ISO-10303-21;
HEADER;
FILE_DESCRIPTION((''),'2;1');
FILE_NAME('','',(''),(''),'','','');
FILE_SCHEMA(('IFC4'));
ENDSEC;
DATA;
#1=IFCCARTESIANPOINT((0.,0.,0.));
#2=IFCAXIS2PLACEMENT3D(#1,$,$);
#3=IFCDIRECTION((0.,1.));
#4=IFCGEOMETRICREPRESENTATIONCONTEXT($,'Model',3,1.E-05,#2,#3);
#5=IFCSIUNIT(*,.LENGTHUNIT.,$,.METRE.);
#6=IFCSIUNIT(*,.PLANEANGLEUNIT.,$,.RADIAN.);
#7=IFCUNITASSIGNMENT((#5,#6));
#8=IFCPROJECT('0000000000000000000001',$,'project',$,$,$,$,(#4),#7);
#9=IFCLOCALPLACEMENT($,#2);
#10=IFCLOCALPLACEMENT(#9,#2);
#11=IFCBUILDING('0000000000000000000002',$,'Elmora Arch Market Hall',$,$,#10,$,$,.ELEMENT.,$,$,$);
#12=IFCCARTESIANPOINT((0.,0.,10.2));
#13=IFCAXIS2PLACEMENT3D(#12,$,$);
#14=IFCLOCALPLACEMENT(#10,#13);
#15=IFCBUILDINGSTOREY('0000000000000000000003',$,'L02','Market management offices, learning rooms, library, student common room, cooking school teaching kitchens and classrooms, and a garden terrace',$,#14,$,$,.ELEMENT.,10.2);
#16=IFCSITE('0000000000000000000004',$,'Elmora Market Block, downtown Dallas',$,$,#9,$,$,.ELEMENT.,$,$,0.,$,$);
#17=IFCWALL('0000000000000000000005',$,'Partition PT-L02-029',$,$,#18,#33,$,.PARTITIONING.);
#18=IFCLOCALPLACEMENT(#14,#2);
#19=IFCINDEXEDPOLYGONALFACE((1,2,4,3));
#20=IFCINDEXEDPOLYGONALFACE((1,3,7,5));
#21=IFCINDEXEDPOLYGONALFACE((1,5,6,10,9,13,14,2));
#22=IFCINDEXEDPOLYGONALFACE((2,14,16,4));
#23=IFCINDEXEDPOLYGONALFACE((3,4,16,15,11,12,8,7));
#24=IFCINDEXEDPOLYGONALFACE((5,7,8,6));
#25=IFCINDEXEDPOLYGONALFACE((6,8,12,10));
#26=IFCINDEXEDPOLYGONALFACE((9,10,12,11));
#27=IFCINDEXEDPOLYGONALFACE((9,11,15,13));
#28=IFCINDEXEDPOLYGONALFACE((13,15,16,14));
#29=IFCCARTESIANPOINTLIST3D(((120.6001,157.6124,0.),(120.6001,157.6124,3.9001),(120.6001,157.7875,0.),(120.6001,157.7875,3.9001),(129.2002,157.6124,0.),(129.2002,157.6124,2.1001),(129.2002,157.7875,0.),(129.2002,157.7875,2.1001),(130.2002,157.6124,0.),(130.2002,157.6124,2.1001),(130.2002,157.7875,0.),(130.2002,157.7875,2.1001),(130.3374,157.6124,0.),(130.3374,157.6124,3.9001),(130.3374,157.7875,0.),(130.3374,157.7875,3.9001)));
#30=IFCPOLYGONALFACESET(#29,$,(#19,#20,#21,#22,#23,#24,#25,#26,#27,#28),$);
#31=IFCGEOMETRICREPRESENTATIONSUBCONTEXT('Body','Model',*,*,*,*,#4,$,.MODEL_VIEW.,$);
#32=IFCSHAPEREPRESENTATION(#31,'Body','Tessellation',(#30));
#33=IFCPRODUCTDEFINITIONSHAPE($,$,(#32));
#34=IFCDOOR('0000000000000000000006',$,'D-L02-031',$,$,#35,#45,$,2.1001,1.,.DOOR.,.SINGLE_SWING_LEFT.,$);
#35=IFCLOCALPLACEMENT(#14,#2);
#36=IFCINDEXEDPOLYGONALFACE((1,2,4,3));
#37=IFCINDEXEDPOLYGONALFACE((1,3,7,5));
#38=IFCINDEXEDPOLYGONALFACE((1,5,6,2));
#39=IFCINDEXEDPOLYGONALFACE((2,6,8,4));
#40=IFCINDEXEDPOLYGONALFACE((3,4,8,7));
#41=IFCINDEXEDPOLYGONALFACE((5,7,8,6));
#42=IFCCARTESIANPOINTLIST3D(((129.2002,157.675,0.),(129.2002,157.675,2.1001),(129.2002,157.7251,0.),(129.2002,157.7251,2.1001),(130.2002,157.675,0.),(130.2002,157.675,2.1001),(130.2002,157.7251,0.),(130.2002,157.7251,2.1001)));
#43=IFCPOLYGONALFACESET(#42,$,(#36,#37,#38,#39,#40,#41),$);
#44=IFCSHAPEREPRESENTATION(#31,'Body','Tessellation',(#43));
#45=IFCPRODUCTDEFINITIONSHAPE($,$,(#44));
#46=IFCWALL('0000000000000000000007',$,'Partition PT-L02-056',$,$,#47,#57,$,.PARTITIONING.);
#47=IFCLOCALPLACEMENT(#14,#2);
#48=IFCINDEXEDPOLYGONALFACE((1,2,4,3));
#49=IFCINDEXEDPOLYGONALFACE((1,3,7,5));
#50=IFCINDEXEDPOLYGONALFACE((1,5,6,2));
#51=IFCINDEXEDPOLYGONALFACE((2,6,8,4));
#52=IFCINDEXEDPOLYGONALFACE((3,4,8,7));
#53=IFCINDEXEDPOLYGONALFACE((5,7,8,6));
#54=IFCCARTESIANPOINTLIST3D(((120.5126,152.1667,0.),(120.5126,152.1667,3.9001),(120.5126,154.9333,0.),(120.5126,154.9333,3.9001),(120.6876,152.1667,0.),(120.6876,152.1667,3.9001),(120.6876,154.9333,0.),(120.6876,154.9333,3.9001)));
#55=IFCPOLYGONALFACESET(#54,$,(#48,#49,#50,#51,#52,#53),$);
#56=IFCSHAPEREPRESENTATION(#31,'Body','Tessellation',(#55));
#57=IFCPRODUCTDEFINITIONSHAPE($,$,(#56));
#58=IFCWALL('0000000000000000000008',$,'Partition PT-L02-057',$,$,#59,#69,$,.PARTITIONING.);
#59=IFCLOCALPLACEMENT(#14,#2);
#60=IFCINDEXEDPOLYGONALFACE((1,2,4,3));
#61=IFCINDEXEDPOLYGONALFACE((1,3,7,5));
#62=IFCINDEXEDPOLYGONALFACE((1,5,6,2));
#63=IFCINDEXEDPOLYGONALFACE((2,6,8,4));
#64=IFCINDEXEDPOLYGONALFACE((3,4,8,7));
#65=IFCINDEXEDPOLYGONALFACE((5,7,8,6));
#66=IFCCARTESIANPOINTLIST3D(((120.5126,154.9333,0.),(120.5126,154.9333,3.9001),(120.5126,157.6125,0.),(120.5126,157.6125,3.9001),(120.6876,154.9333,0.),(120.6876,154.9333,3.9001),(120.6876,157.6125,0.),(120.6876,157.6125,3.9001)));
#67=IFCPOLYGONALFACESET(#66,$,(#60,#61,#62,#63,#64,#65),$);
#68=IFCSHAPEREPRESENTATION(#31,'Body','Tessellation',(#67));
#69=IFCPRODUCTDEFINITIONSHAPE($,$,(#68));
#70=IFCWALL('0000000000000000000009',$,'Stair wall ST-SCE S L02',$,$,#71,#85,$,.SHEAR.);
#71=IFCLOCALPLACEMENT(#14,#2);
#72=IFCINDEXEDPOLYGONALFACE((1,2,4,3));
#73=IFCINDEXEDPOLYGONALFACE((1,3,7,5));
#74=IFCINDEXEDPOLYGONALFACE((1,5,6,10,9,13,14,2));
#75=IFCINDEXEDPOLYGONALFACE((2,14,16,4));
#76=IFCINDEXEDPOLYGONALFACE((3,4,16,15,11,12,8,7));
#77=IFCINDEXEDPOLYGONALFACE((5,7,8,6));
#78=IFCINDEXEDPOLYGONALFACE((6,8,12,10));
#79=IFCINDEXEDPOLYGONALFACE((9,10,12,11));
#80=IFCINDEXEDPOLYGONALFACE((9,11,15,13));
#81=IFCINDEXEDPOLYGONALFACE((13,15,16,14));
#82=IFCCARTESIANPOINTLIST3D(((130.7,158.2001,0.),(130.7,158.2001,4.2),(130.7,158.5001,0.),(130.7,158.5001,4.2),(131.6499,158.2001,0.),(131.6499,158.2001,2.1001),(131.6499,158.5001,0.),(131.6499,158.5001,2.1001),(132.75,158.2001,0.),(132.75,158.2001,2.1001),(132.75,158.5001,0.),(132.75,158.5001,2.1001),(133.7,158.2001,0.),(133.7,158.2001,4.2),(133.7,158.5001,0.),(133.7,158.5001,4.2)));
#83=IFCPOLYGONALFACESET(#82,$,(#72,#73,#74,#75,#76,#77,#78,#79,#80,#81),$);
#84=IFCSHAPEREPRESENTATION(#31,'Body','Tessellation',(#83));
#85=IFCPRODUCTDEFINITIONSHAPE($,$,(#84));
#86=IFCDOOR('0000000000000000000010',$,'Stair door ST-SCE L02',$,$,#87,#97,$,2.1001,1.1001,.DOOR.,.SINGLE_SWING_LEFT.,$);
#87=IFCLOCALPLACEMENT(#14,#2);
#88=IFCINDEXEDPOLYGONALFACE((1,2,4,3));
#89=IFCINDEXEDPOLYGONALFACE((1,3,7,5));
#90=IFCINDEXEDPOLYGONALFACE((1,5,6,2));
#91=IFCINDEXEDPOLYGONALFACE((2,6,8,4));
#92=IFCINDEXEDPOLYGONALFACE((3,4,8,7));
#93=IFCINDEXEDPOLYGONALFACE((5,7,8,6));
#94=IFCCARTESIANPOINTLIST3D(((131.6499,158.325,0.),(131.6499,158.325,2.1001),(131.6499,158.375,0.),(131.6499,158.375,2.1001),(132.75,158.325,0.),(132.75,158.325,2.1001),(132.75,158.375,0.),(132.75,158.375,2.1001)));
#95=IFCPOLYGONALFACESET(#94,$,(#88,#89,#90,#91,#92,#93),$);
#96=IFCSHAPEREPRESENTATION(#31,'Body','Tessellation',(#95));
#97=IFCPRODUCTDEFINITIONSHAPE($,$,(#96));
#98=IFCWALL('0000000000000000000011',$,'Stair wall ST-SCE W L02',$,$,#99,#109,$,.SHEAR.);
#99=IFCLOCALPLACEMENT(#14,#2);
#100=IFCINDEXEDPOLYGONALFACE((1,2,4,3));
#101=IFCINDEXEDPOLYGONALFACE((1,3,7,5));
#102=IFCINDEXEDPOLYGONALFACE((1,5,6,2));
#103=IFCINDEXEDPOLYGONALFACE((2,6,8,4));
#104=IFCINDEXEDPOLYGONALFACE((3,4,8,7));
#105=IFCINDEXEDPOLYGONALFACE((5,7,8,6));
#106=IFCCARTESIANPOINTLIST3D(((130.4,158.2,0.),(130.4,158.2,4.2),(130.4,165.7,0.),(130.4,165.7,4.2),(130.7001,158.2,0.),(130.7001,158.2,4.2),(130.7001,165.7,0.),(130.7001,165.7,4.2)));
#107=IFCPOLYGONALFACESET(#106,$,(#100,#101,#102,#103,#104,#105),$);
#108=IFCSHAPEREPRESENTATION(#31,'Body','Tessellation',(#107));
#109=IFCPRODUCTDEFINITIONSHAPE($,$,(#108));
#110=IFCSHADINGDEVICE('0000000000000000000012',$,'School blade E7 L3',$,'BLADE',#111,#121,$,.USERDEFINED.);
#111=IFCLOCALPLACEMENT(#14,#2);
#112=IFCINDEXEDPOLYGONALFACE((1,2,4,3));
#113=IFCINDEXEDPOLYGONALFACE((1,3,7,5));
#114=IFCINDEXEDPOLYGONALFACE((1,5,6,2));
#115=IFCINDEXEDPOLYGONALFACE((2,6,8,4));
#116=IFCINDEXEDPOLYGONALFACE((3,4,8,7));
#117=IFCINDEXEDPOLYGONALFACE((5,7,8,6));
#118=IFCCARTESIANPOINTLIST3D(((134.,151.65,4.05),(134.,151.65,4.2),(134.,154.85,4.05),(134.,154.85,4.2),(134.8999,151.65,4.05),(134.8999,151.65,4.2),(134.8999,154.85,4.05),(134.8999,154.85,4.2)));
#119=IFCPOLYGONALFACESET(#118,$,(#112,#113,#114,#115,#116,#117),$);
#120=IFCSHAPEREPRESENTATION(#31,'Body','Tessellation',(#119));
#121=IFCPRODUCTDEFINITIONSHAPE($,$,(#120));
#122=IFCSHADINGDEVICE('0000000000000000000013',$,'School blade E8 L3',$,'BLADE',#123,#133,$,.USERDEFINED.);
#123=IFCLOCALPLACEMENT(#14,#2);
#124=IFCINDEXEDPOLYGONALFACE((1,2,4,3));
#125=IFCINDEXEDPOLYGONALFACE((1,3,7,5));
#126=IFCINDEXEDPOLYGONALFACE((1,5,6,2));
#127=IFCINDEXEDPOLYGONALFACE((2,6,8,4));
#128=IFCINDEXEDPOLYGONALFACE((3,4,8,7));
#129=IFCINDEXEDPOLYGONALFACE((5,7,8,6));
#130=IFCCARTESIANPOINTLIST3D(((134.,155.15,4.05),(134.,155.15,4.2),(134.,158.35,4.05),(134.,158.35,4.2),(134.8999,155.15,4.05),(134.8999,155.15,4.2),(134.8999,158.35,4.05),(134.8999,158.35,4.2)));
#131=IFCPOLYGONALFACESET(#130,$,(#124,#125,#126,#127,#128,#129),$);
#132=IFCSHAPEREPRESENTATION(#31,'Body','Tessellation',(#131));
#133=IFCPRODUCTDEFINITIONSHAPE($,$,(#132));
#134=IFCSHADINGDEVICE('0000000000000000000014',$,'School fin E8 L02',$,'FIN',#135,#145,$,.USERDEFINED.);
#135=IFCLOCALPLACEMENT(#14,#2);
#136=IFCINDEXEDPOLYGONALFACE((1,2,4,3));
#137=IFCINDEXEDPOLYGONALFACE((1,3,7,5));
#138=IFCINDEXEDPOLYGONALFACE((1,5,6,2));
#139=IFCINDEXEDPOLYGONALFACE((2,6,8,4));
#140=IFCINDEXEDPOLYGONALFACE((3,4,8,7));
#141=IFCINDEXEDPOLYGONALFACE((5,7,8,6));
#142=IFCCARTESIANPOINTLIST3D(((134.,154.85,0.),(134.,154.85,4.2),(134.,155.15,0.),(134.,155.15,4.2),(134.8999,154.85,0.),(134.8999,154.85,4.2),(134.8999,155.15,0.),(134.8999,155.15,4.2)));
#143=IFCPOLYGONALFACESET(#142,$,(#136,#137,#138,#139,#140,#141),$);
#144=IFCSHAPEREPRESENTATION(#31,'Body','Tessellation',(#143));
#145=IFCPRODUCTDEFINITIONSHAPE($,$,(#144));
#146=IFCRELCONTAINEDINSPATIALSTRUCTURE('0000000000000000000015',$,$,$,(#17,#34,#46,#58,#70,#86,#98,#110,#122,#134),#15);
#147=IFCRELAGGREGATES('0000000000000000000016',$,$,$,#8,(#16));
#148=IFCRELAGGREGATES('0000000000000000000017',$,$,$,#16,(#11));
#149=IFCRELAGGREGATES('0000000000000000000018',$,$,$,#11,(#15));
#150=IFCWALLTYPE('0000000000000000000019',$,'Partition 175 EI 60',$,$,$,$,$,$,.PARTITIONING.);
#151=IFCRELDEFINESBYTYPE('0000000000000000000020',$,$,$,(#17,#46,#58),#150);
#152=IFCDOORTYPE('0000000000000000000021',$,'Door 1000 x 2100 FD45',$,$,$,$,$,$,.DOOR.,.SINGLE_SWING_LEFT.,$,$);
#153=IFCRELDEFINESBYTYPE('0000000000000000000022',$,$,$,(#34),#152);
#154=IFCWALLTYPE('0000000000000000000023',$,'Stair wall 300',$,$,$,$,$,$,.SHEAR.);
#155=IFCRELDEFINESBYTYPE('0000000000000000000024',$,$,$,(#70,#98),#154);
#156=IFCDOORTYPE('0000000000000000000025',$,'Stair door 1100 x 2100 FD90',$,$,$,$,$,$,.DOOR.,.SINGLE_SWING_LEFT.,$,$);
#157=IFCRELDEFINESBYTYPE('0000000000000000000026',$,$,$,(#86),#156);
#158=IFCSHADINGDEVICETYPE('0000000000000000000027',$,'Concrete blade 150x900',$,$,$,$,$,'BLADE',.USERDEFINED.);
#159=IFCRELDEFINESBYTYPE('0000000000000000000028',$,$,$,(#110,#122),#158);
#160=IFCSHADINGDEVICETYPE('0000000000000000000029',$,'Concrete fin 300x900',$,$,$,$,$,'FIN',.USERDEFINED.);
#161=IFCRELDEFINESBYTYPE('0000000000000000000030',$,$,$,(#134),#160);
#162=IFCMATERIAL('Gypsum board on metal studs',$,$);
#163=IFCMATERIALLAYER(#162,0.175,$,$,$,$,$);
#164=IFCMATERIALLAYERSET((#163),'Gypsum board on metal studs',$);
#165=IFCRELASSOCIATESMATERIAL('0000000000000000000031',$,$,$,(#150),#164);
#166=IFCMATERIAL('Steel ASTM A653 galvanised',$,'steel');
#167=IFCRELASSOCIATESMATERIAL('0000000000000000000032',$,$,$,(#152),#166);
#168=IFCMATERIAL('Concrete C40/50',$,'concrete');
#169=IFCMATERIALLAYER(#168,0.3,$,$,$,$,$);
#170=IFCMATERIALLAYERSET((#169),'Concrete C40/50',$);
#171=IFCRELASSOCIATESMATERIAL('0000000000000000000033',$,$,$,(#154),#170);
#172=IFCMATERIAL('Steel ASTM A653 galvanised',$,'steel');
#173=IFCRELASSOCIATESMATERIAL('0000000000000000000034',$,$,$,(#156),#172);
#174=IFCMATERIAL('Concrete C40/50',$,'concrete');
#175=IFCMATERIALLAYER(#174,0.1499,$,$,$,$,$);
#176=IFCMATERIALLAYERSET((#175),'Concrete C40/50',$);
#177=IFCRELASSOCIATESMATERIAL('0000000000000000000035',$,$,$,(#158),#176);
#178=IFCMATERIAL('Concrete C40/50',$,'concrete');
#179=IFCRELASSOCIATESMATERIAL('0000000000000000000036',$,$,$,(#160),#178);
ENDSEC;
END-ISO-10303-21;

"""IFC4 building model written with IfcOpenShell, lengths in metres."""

from ifc_helpers import new_model, si_unit, direction, frame, frame_2d, origin, origin_2d, place, context, subcontext, project, spatial, rectangle, extrude, material, layer, layer_set, type_object, element, fill, save


model = new_model("IFC4")

# Units and contexts
model_context = context("Model", 3, precision=1e-05, world=origin(), true_north=direction((0.0, 1.0)))
body_context = subcontext(model_context, "Body", "Model", "MODEL_VIEW")
ifc_project = project(units=[si_unit("LENGTHUNIT", "METRE"), si_unit("PLANEANGLEUNIT", "RADIAN")], contexts=[model_context])

# Site, building, storey
site_placement = place(None, origin())
site = spatial("IfcSite", under=ifc_project, at=site_placement, Name="Elmora Market Block, downtown Dallas", CompositionType="ELEMENT", RefElevation=0.0)
building_placement = place(site_placement, origin())
building = spatial("IfcBuilding", under=site, at=building_placement, Name="Elmora Arch Market Hall", CompositionType="ELEMENT")
storey_placement = place(building_placement, frame((0.0, 0.0, 10.2)))
storey = spatial("IfcBuildingStorey", under=building, at=storey_placement, Name="L02", Description="Market management offices, learning rooms, library, student common room, cooking school teaching kitchens and classrooms, and a garden terrace", CompositionType="ELEMENT", Elevation=10.2)

# Wall, opening, door
ifc_material_1 = material(Name="Gypsum board on metal studs")
ifc_layer_1 = layer(ifc_material_1, 0.175)
ifc_layer_set_1 = layer_set([ifc_layer_1], Name="Gypsum board on metal studs")
wall_type_1 = type_object("IfcWallType", Name="Partition 175 EI 60", PredefinedType="PARTITIONING", material=ifc_layer_set_1)
wall_1_placement = place(storey_placement, frame((120.6001, 157.7, 0.0), z_axis=(0.0, 0.0, 1.0), x_axis=(1.0, 0.0, 0.0)))
wall_1 = element("IfcWall", 1, at=wall_1_placement, inside=storey, type_object=wall_type_1, Name="Partition PT-L02-029", PredefinedType="PARTITIONING", context=body_context, shape_type="SweptSolid", body=[
    extrude(rectangle(XDim=9.7373, YDim=0.175, at=frame_2d((4.8687, 0.0))), origin(), (0.0, 0.0, 1.0), 3.9001),
])
opening_1_placement = place(wall_1_placement, frame((8.6001, 0.0, 0.0)))
opening_1 = element("IfcOpeningElement", 2, at=opening_1_placement, cuts=wall_1, PredefinedType="OPENING", context=body_context, shape_type="SweptSolid", body=[
    extrude(rectangle(XDim=1.0, YDim=2.1001, at=frame_2d((0.5, 1.05))), frame((0.0, 0.0974, 0.0), z_axis=(0.0, -1.0, 0.0), x_axis=(1.0, 0.0, 0.0)), (0.0, 0.0, 1.0), 0.1951),
])
ifc_material_2 = material(Name="Steel ASTM A653 galvanised", Category="steel")
door_type_1 = type_object("IfcDoorType", Name="Door 1000 x 2100 FD45", OperationType="SINGLE_SWING_LEFT", PredefinedType="DOOR", material=ifc_material_2)
door_1_placement = place(opening_1_placement, frame((1.0, 0.0, 0.0), z_axis=(0.0, 0.0, 1.0), x_axis=(-1.0, 0.0, 0.0)))
door_1 = element("IfcDoor", 3, at=door_1_placement, inside=storey, type_object=door_type_1, Name="D-L02-031", OperationType="SINGLE_SWING_LEFT", OverallHeight=2.1001, OverallWidth=1.0, PredefinedType="DOOR", context=body_context, shape_type="SweptSolid", body=[
    extrude(rectangle(XDim=1.0, YDim=2.1001, at=frame_2d((0.5, 1.05))), frame((0.0, 0.0249, 0.0), z_axis=(0.0, -1.0, 0.0), x_axis=(1.0, 0.0, 0.0)), (0.0, 0.0, 1.0), 0.05),
])
fill(opening_1, door_1)

# Walls
wall_2_placement = place(storey_placement, frame((120.6001, 152.1667, 0.0), z_axis=(0.0, 0.0, 1.0), x_axis=(0.0, 1.0, 0.0)))
element("IfcWall", 4, at=wall_2_placement, inside=storey, type_object=wall_type_1, Name="Partition PT-L02-056", PredefinedType="PARTITIONING", context=body_context, shape_type="SweptSolid", body=[
    extrude(rectangle(XDim=2.7666, YDim=0.175, at=frame_2d((1.3833, 0.0))), origin(), (0.0, 0.0, 1.0), 3.9001),
])
wall_3_placement = place(storey_placement, frame((120.6001, 154.9333, 0.0), z_axis=(0.0, 0.0, 1.0), x_axis=(0.0, 1.0, 0.0)))
element("IfcWall", 5, at=wall_3_placement, inside=storey, type_object=wall_type_1, Name="Partition PT-L02-057", PredefinedType="PARTITIONING", context=body_context, shape_type="SweptSolid", body=[
    extrude(rectangle(XDim=2.6792, YDim=0.175, at=frame_2d((1.3396, 0.0))), origin(), (0.0, 0.0, 1.0), 3.9001),
])

# Wall, opening, door
ifc_material_3 = material(Name="Concrete C40/50", Category="concrete")
ifc_layer_2 = layer(ifc_material_3, 0.3)
ifc_layer_set_2 = layer_set([ifc_layer_2], Name="Concrete C40/50")
wall_type_2 = type_object("IfcWallType", Name="Stair wall 300", PredefinedType="SHEAR", material=ifc_layer_set_2)
wall_4_placement = place(storey_placement, frame((130.7, 158.3501, 0.0), z_axis=(0.0, 0.0, 1.0), x_axis=(1.0, 0.0, 0.0)))
wall_4 = element("IfcWall", 6, at=wall_4_placement, inside=storey, type_object=wall_type_2, Name="Stair wall ST-SCE S L02", PredefinedType="SHEAR", context=body_context, shape_type="SweptSolid", body=[
    extrude(rectangle(XDim=3.0, YDim=0.3, at=frame_2d((1.5, 0.0))), origin(), (0.0, 0.0, 1.0), 4.2),
])
opening_2_placement = place(wall_4_placement, frame((0.95, 0.0, 0.0)))
opening_2 = element("IfcOpeningElement", 7, at=opening_2_placement, cuts=wall_4, PredefinedType="OPENING", context=body_context, shape_type="SweptSolid", body=[
    extrude(rectangle(XDim=1.1001, YDim=2.1001, at=frame_2d((0.55, 1.05))), frame((0.0, 0.1599, 0.0), z_axis=(0.0, -1.0, 0.0), x_axis=(1.0, 0.0, 0.0)), (0.0, 0.0, 1.0), 0.3201),
])
ifc_material_4 = material(Name="Steel ASTM A653 galvanised", Category="steel")
door_type_2 = type_object("IfcDoorType", Name="Stair door 1100 x 2100 FD90", OperationType="SINGLE_SWING_LEFT", PredefinedType="DOOR", material=ifc_material_4)
door_2_placement = place(opening_2_placement, origin())
door_2 = element("IfcDoor", 8, at=door_2_placement, inside=storey, type_object=door_type_2, Name="Stair door ST-SCE L02", OperationType="SINGLE_SWING_LEFT", OverallHeight=2.1001, OverallWidth=1.1001, PredefinedType="DOOR", context=body_context, shape_type="SweptSolid", body=[
    extrude(rectangle(XDim=1.1001, YDim=2.1001, at=frame_2d((0.55, 1.05))), frame((0.0, 0.0249, 0.0), z_axis=(0.0, -1.0, 0.0), x_axis=(1.0, 0.0, 0.0)), (0.0, 0.0, 1.0), 0.05),
])
fill(opening_2, door_2)

# Wall
wall_5_placement = place(storey_placement, frame((130.55, 158.2, 0.0), z_axis=(0.0, 0.0, 1.0), x_axis=(0.0, 1.0, 0.0)))
element("IfcWall", 9, at=wall_5_placement, inside=storey, type_object=wall_type_2, Name="Stair wall ST-SCE W L02", PredefinedType="SHEAR", context=body_context, shape_type="SweptSolid", body=[
    extrude(rectangle(XDim=7.5, YDim=0.3, at=frame_2d((3.75, 0.0))), origin(), (0.0, 0.0, 1.0), 4.2),
])

# Shading devices
ifc_material_5 = material(Name="Concrete C40/50", Category="concrete")
ifc_layer_3 = layer(ifc_material_5, 0.1499)
ifc_layer_set_3 = layer_set([ifc_layer_3], Name="Concrete C40/50")
shading_device_type_1 = type_object("IfcShadingDeviceType", Name="Concrete blade 150x900", ElementType="BLADE", PredefinedType="USERDEFINED", material=ifc_layer_set_3)
for number, where, z_axis, x_axis, name in (
    (10, (134.45, 153.25, 4.05), (0.0, 0.0, 1.0), (1.0, 0.0, 0.0), "School blade E7 L3"),
    (11, (134.45, 156.75, 4.05), (0.0, 0.0, 1.0), (1.0, 0.0, 0.0), "School blade E8 L3"),
):
    element("IfcShadingDevice", number, at=place(storey_placement, frame(where, z_axis=z_axis, x_axis=x_axis)), inside=storey, type_object=shading_device_type_1, Name=name, ObjectType="BLADE", PredefinedType="USERDEFINED", context=body_context, shape_type="SweptSolid", body=[
        extrude(rectangle(XDim=0.8999, YDim=3.2, at=origin_2d()), origin(), (0.0, 0.0, 1.0), 0.1499),
    ])
ifc_material_6 = material(Name="Concrete C40/50", Category="concrete")
shading_device_type_2 = type_object("IfcShadingDeviceType", Name="Concrete fin 300x900", ElementType="FIN", PredefinedType="USERDEFINED", material=ifc_material_6)
shading_device_placement = place(storey_placement, frame((134.45, 155.0, 0.0), z_axis=(0.0, 0.0, 1.0), x_axis=(1.0, 0.0, 0.0)))
element("IfcShadingDevice", 12, at=shading_device_placement, inside=storey, type_object=shading_device_type_2, Name="School fin E8 L02", ObjectType="FIN", PredefinedType="USERDEFINED", context=body_context, shape_type="SweptSolid", body=[
    extrude(rectangle(XDim=0.8999, YDim=0.3, at=origin_2d()), origin(), (0.0, 0.0, 1.0), 4.2),
])

save(model, "model.ifc")
